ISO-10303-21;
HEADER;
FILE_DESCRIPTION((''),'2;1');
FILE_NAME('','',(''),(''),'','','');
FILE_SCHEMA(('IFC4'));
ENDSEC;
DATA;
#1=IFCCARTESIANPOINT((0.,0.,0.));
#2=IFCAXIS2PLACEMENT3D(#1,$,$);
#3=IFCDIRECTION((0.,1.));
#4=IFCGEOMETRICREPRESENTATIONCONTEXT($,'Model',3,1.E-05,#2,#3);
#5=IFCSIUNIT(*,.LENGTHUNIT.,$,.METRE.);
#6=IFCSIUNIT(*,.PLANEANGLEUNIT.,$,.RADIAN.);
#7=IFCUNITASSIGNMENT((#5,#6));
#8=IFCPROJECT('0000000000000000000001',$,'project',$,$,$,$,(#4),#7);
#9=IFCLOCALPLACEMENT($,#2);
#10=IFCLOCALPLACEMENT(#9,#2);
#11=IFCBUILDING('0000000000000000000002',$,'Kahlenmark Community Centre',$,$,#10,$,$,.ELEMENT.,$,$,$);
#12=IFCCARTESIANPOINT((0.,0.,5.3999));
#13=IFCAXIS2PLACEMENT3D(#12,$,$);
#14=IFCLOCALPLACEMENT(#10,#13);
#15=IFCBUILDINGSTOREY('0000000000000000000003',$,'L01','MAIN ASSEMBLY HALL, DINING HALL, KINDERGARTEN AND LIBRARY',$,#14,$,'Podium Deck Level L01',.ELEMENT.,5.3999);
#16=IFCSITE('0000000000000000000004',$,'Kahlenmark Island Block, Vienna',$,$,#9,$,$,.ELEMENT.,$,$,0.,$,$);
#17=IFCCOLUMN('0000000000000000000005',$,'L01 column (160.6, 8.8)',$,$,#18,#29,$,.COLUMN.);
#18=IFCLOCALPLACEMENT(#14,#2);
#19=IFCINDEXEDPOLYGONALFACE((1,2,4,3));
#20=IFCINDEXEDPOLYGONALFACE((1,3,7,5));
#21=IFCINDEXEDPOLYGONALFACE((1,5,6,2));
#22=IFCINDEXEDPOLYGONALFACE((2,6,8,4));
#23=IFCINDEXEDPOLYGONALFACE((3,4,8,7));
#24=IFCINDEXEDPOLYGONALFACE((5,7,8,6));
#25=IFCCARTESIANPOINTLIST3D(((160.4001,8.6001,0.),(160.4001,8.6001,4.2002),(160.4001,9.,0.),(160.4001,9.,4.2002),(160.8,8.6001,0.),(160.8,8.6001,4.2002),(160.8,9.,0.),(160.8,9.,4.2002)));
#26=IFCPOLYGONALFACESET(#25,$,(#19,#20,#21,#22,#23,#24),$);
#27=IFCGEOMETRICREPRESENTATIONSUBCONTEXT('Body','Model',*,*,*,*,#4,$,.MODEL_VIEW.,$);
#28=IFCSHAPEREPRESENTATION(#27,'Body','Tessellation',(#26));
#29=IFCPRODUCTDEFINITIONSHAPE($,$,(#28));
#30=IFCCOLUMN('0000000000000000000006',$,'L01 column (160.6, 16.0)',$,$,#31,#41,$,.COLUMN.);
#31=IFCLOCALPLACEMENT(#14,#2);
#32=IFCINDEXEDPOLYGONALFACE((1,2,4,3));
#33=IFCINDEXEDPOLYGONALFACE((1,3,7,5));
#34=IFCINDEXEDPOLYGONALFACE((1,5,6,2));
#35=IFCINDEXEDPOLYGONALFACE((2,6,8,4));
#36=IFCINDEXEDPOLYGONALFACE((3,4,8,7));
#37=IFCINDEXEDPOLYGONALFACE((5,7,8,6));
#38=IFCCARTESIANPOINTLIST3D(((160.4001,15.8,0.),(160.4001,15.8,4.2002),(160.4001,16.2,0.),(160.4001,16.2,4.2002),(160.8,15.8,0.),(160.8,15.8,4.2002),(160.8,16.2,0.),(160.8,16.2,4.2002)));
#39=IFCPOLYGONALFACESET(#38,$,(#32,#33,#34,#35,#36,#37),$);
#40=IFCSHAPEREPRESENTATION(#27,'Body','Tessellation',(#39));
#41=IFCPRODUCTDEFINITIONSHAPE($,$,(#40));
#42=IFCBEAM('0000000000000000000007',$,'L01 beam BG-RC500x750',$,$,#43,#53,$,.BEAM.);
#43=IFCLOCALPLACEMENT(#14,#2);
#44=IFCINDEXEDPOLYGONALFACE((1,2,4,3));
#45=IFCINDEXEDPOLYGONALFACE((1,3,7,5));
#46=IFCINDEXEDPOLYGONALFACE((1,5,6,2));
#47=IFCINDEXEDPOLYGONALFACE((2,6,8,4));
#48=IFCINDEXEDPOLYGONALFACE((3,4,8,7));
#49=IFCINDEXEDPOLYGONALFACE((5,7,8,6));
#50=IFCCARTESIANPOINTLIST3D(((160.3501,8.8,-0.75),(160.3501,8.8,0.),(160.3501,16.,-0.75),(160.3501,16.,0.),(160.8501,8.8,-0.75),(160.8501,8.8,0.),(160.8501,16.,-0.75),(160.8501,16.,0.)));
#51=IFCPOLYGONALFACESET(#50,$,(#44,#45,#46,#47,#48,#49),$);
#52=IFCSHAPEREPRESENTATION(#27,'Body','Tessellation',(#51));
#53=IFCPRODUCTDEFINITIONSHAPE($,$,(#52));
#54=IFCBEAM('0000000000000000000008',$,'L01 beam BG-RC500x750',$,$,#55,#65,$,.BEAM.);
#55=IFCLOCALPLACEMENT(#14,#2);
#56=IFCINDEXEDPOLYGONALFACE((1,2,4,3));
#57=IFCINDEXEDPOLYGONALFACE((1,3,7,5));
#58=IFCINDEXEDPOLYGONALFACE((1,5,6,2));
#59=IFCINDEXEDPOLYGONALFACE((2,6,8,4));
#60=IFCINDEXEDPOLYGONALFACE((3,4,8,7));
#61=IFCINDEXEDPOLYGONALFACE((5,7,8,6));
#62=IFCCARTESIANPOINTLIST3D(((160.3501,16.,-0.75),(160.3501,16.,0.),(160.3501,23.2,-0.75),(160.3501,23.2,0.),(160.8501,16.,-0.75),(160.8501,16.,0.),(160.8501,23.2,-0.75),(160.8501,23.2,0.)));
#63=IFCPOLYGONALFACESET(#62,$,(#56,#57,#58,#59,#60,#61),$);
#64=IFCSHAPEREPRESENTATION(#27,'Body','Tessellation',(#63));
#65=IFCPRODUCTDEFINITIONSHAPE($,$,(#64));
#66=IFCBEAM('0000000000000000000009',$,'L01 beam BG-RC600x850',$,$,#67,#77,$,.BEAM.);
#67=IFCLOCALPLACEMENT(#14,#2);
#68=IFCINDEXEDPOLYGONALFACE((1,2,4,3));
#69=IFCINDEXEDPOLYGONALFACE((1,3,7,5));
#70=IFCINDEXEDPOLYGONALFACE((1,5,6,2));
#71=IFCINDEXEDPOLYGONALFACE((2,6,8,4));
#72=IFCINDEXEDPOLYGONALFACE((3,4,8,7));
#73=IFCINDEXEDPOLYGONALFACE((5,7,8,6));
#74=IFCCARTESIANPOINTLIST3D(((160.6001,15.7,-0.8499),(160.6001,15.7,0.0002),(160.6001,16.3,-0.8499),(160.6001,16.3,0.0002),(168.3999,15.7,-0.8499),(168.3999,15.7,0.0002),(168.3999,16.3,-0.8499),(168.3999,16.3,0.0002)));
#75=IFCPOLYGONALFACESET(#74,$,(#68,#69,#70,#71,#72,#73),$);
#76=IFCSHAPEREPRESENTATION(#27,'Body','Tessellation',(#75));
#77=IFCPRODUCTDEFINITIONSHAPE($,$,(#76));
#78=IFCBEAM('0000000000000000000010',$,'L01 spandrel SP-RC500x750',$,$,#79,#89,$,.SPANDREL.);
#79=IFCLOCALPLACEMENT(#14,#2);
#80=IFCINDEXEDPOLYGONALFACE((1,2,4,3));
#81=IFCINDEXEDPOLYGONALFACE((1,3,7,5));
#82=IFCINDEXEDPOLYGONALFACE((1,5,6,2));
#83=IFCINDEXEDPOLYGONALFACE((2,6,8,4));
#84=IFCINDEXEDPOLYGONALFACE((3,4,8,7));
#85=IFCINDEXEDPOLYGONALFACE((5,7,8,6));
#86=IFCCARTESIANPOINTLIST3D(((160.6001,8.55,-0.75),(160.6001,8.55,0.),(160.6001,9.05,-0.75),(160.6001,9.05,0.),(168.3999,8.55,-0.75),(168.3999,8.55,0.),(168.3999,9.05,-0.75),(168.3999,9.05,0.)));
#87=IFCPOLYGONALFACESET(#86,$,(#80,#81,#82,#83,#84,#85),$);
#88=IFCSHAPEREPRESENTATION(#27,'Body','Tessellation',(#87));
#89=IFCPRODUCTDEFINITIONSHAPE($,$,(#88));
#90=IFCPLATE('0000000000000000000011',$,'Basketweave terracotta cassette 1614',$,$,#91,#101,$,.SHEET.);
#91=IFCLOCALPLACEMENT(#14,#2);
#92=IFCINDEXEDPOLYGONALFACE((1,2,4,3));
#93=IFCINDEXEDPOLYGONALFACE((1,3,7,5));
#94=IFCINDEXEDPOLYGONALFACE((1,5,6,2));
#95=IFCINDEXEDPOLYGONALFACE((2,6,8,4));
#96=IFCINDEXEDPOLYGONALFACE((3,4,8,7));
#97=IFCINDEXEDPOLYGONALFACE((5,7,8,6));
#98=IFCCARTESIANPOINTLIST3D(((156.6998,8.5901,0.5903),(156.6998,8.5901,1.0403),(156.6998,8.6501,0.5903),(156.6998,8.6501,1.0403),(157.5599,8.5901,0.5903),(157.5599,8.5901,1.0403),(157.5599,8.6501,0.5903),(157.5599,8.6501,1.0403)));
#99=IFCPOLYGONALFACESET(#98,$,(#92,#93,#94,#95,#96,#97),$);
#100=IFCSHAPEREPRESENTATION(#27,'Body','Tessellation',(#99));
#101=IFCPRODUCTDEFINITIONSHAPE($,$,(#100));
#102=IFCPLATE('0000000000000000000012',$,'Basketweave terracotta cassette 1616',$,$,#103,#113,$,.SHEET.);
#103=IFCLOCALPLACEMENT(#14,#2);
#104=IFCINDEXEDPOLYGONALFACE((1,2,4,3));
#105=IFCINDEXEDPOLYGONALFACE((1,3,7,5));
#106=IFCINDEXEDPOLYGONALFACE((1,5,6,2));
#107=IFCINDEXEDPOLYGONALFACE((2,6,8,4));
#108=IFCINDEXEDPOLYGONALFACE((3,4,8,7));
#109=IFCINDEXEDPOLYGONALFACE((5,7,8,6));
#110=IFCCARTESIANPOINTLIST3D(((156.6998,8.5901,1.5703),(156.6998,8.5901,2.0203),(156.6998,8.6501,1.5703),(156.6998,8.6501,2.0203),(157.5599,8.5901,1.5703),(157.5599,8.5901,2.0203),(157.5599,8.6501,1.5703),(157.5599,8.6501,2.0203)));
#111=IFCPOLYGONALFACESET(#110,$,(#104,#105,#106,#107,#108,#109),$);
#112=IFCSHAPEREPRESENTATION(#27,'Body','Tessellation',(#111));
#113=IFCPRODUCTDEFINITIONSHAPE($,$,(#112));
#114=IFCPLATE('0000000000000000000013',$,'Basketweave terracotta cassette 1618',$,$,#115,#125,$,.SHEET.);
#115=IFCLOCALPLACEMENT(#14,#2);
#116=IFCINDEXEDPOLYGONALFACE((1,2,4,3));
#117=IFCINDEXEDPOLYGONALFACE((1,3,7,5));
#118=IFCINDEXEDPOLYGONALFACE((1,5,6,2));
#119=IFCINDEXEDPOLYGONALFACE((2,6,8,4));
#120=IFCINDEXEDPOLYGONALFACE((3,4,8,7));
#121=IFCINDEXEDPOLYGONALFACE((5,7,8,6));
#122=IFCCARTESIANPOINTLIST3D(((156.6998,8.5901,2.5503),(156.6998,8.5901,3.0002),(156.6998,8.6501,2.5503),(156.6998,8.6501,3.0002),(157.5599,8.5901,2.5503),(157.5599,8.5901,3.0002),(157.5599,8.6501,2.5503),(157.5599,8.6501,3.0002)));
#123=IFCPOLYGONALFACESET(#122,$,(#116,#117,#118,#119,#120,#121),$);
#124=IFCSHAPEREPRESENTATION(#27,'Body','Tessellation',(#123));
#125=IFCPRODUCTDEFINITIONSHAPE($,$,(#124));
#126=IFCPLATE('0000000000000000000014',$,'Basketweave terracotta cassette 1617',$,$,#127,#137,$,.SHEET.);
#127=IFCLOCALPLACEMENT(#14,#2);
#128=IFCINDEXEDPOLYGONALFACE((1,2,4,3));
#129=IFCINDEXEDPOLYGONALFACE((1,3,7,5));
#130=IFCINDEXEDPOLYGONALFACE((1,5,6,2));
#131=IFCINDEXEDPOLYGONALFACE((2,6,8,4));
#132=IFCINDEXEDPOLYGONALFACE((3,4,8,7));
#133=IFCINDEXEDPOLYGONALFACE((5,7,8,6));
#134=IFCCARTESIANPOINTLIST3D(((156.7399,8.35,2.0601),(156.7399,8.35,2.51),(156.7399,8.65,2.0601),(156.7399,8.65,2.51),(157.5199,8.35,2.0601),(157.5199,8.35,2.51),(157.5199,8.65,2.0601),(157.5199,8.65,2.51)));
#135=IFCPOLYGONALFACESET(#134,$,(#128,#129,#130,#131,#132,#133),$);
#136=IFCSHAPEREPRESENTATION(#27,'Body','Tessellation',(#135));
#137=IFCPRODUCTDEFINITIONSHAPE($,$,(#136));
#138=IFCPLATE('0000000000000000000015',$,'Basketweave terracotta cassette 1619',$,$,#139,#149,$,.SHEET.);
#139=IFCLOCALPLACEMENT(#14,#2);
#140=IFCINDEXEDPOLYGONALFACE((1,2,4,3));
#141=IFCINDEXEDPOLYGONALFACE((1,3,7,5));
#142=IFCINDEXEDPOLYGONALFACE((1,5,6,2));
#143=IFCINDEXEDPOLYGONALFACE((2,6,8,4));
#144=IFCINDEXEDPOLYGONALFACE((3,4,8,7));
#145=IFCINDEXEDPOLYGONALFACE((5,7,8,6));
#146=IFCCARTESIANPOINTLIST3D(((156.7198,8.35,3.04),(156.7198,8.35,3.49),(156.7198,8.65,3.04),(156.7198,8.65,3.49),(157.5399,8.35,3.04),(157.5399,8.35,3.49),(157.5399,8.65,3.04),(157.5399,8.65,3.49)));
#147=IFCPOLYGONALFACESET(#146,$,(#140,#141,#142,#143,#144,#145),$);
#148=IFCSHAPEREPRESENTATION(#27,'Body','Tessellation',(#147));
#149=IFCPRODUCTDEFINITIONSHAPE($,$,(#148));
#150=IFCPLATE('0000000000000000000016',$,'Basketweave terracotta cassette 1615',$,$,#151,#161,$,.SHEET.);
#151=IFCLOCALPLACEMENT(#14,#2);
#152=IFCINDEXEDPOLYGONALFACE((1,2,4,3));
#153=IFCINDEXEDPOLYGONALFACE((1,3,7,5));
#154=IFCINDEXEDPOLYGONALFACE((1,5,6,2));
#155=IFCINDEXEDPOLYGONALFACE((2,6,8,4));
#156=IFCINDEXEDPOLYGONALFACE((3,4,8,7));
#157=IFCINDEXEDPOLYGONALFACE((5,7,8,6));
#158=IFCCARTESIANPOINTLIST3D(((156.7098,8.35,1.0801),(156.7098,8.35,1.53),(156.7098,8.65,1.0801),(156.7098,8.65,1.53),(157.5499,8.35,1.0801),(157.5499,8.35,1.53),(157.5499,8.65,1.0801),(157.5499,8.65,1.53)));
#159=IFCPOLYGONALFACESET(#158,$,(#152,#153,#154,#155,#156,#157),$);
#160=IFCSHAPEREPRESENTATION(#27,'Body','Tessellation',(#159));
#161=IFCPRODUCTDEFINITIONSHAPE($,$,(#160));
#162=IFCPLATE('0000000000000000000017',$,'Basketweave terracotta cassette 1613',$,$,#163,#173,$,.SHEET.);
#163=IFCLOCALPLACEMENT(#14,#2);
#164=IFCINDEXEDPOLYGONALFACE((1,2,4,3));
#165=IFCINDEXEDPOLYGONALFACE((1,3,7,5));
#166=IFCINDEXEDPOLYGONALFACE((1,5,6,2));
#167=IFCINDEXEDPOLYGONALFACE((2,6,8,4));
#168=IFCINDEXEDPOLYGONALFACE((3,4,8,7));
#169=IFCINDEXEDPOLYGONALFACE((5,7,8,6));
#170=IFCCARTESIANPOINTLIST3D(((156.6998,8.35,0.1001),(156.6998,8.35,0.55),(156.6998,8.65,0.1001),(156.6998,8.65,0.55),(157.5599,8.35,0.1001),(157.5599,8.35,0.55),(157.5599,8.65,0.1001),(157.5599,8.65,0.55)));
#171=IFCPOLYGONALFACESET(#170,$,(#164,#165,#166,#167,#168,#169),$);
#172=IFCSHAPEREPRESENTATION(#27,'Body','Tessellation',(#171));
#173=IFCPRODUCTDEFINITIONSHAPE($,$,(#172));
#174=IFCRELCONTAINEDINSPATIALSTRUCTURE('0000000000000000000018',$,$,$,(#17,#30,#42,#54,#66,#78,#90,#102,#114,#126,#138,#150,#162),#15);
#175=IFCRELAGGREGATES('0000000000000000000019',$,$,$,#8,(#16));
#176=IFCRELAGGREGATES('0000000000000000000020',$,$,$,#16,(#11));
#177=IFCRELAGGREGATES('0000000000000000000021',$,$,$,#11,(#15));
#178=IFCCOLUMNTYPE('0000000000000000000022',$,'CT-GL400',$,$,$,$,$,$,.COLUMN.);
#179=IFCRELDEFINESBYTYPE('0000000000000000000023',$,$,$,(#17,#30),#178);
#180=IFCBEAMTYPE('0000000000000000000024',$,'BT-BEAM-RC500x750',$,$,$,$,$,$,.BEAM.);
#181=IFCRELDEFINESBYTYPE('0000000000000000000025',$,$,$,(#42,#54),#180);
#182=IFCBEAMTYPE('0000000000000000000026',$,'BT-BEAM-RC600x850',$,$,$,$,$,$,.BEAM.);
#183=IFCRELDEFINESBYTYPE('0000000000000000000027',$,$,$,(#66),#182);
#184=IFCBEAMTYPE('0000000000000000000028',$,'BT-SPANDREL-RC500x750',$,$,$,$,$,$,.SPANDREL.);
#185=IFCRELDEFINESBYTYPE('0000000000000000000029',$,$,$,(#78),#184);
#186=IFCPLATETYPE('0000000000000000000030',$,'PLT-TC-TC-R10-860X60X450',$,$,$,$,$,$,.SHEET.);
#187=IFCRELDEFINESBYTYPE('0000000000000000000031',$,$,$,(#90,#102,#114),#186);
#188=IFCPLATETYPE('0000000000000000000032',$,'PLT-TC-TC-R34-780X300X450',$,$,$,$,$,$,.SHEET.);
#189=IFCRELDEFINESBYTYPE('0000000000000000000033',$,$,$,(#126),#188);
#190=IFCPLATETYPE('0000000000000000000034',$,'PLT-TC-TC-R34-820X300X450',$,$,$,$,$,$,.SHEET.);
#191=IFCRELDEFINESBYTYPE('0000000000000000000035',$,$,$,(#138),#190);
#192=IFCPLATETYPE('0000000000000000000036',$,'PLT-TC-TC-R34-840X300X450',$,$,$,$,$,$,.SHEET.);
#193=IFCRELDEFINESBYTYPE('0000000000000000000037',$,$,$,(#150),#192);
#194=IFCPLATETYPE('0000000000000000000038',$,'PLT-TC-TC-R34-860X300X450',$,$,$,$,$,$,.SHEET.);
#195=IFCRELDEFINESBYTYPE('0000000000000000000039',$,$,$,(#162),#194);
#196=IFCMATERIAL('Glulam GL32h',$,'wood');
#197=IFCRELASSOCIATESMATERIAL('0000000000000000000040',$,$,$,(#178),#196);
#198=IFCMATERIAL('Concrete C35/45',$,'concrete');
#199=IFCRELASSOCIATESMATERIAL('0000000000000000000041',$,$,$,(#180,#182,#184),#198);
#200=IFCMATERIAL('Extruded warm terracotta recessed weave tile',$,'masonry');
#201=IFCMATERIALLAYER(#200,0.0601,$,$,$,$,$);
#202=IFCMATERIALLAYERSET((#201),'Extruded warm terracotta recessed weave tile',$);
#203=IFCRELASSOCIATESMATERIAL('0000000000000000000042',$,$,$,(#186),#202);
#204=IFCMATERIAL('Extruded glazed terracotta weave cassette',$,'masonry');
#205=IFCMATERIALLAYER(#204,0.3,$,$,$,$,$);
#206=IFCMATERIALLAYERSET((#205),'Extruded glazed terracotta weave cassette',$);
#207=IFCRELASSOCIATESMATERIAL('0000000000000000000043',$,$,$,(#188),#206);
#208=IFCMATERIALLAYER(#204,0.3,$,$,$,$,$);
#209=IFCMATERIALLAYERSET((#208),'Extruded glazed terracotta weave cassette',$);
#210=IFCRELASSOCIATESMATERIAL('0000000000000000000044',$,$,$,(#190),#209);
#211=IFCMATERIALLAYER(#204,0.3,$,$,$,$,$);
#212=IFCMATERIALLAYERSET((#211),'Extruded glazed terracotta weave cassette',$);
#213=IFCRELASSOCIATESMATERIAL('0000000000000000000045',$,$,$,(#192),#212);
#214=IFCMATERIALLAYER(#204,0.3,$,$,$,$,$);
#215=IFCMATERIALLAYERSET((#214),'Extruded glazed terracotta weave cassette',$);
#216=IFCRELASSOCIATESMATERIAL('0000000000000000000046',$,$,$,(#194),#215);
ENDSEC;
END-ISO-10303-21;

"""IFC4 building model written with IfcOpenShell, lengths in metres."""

from ifc_helpers import new_model, si_unit, direction, frame, origin, origin_2d, place, context, subcontext, project, spatial, rectangle, extrude, material, layer, layer_set, material_profile, profile_set, type_object, element, save


model = new_model("IFC4")

# Units and contexts
model_context = context("Model", 3, precision=1e-05, world=origin(), true_north=direction((0.0, 1.0)))
body_context = subcontext(model_context, "Body", "Model", "MODEL_VIEW")
ifc_project = project(units=[si_unit("LENGTHUNIT", "METRE"), si_unit("PLANEANGLEUNIT", "RADIAN")], contexts=[model_context])

# Site, building, storey
site_placement = place(None, origin())
site = spatial("IfcSite", under=ifc_project, at=site_placement, Name="Kahlenmark Island Block, Vienna", CompositionType="ELEMENT", RefElevation=0.0)
building_placement = place(site_placement, origin())
building = spatial("IfcBuilding", under=site, at=building_placement, Name="Kahlenmark Community Centre", CompositionType="ELEMENT")
storey_placement = place(building_placement, frame((0.0, 0.0, 5.3999)))
storey = spatial("IfcBuildingStorey", under=building, at=storey_placement, Name="L01", Description="MAIN ASSEMBLY HALL, DINING HALL, KINDERGARTEN AND LIBRARY", LongName="Podium Deck Level L01", CompositionType="ELEMENT", Elevation=5.3999)

# Columns
ifc_material_1 = material(Name="Glulam GL32h", Category="wood")
ifc_material_profile_1 = material_profile(ifc_material_1, rectangle(XDim=0.3999, YDim=0.3999, at=origin_2d()), Name="GL32h 400x400")
ifc_profile_set_1 = profile_set([ifc_material_profile_1], Name="Glulam GL32h")
column_type = type_object("IfcColumnType", Name="CT-GL400", PredefinedType="COLUMN", material=ifc_profile_set_1)
for number, where, z_axis, x_axis, name in (
    (1, (160.6001, 8.8, 0.0), (0.0, 0.0, 1.0), (1.0, 0.0, 0.0), "L01 column (160.6, 8.8)"),
    (2, (160.6001, 16.0, 0.0), (0.0, 0.0, 1.0), (1.0, 0.0, 0.0), "L01 column (160.6, 16.0)"),
):
    element("IfcColumn", number, at=place(storey_placement, frame(where, z_axis=z_axis, x_axis=x_axis)), inside=storey, type_object=column_type, Name=name, PredefinedType="COLUMN", context=body_context, shape_type="SweptSolid", body=[
        extrude(rectangle(XDim=0.3999, YDim=0.3999, at=origin_2d()), origin(), (0.0, 0.0, 1.0), 4.2002),
    ])

# Beams
ifc_material_2 = material(Name="Concrete C35/45", Category="concrete")
ifc_material_profile_2 = material_profile(ifc_material_2, rectangle(XDim=0.5, YDim=0.75, at=origin_2d()), Name="RC 500x750")
ifc_profile_set_2 = profile_set([ifc_material_profile_2], Name="Concrete C35/45")
beam_type_1 = type_object("IfcBeamType", Name="BT-BEAM-RC500x750", PredefinedType="BEAM", material=ifc_profile_set_2)
for number, where, z_axis, x_axis, name in (
    (3, (160.6001, 8.8, -0.375), (0.0, 1.0, 0.0), (-1.0, 0.0, 0.0), "L01 beam BG-RC500x750"),
    (4, (160.6001, 16.0, -0.375), (0.0, 1.0, 0.0), (-1.0, 0.0, 0.0), "L01 beam BG-RC500x750"),
):
    element("IfcBeam", number, at=place(storey_placement, frame(where, z_axis=z_axis, x_axis=x_axis)), inside=storey, type_object=beam_type_1, Name=name, PredefinedType="BEAM", context=body_context, shape_type="SweptSolid", body=[
        extrude(rectangle(XDim=0.5, YDim=0.75, at=origin_2d()), origin(), (0.0, 0.0, 1.0), 7.2),
    ])
ifc_material_profile_3 = material_profile(ifc_material_2, rectangle(XDim=0.6001, YDim=0.8501, at=origin_2d()), Name="RC 600x850")
ifc_profile_set_3 = profile_set([ifc_material_profile_3], Name="Concrete C35/45")
beam_type_2 = type_object("IfcBeamType", Name="BT-BEAM-RC600x850", PredefinedType="BEAM", material=ifc_profile_set_3)
beam_1_placement = place(storey_placement, frame((160.6001, 16.0, -0.4248), z_axis=(1.0, 0.0, 0.0), x_axis=(0.0, 1.0, 0.0)))
element("IfcBeam", 5, at=beam_1_placement, inside=storey, type_object=beam_type_2, Name="L01 beam BG-RC600x850", PredefinedType="BEAM", context=body_context, shape_type="SweptSolid", body=[
    extrude(rectangle(XDim=0.6001, YDim=0.8501, at=origin_2d()), origin(), (0.0, 0.0, 1.0), 7.7998),
])
ifc_material_profile_4 = material_profile(ifc_material_2, rectangle(XDim=0.5, YDim=0.75, at=origin_2d()), Name="RC 500x750")
ifc_profile_set_4 = profile_set([ifc_material_profile_4], Name="Concrete C35/45")
beam_type_3 = type_object("IfcBeamType", Name="BT-SPANDREL-RC500x750", PredefinedType="SPANDREL", material=ifc_profile_set_4)
beam_2_placement = place(storey_placement, frame((160.6001, 8.8, -0.375), z_axis=(1.0, 0.0, 0.0), x_axis=(0.0, 1.0, 0.0)))
element("IfcBeam", 6, at=beam_2_placement, inside=storey, type_object=beam_type_3, Name="L01 spandrel SP-RC500x750", PredefinedType="SPANDREL", context=body_context, shape_type="SweptSolid", body=[
    extrude(rectangle(XDim=0.5, YDim=0.75, at=origin_2d()), origin(), (0.0, 0.0, 1.0), 7.7998),
])

# Plates
ifc_material_3 = material(Name="Extruded warm terracotta recessed weave tile", Category="masonry")
ifc_layer_1 = layer(ifc_material_3, 0.0601)
ifc_layer_set_1 = layer_set([ifc_layer_1], Name="Extruded warm terracotta recessed weave tile")
plate_type_1 = type_object("IfcPlateType", Name="PLT-TC-TC-R10-860X60X450", PredefinedType="SHEET", material=ifc_layer_set_1)
for number, where, z_axis, x_axis, name in (
    (7, (157.1299, 8.6201, 0.5903), (0.0, 0.0, 1.0), (1.0, 0.0, 0.0), "Basketweave terracotta cassette 1614"),
    (8, (157.1299, 8.6201, 1.5703), (0.0, 0.0, 1.0), (1.0, 0.0, 0.0), "Basketweave terracotta cassette 1616"),
    (9, (157.1299, 8.6201, 2.5503), (0.0, 0.0, 1.0), (1.0, 0.0, 0.0), "Basketweave terracotta cassette 1618"),
):
    element("IfcPlate", number, at=place(storey_placement, frame(where, z_axis=z_axis, x_axis=x_axis)), inside=storey, type_object=plate_type_1, Name=name, PredefinedType="SHEET", context=body_context, shape_type="SweptSolid", body=[
        extrude(rectangle(XDim=0.8601, YDim=0.0601, at=origin_2d()), origin(), (0.0, 0.0, 1.0), 0.45),
    ])
ifc_material_4 = material(Name="Extruded glazed terracotta weave cassette", Category="masonry")
ifc_layer_2 = layer(ifc_material_4, 0.3)
ifc_layer_set_2 = layer_set([ifc_layer_2], Name="Extruded glazed terracotta weave cassette")
plate_type_2 = type_object("IfcPlateType", Name="PLT-TC-TC-R34-780X300X450", PredefinedType="SHEET", material=ifc_layer_set_2)
plate_1_placement = place(storey_placement, frame((157.1299, 8.5, 2.0601), z_axis=(0.0, 0.0, 1.0), x_axis=(1.0, 0.0, 0.0)))
element("IfcPlate", 10, at=plate_1_placement, inside=storey, type_object=plate_type_2, Name="Basketweave terracotta cassette 1617", PredefinedType="SHEET", context=body_context, shape_type="SweptSolid", body=[
    extrude(rectangle(XDim=0.78, YDim=0.3, at=origin_2d()), origin(), (0.0, 0.0, 1.0), 0.45),
])
ifc_layer_3 = layer(ifc_material_4, 0.3)
ifc_layer_set_3 = layer_set([ifc_layer_3], Name="Extruded glazed terracotta weave cassette")
plate_type_3 = type_object("IfcPlateType", Name="PLT-TC-TC-R34-820X300X450", PredefinedType="SHEET", material=ifc_layer_set_3)
plate_2_placement = place(storey_placement, frame((157.1299, 8.5, 3.04), z_axis=(0.0, 0.0, 1.0), x_axis=(1.0, 0.0, 0.0)))
element("IfcPlate", 11, at=plate_2_placement, inside=storey, type_object=plate_type_3, Name="Basketweave terracotta cassette 1619", PredefinedType="SHEET", context=body_context, shape_type="SweptSolid", body=[
    extrude(rectangle(XDim=0.8201, YDim=0.3, at=origin_2d()), origin(), (0.0, 0.0, 1.0), 0.45),
])
ifc_layer_4 = layer(ifc_material_4, 0.3)
ifc_layer_set_4 = layer_set([ifc_layer_4], Name="Extruded glazed terracotta weave cassette")
plate_type_4 = type_object("IfcPlateType", Name="PLT-TC-TC-R34-840X300X450", PredefinedType="SHEET", material=ifc_layer_set_4)
plate_3_placement = place(storey_placement, frame((157.1299, 8.5, 1.0801), z_axis=(0.0, 0.0, 1.0), x_axis=(1.0, 0.0, 0.0)))
element("IfcPlate", 12, at=plate_3_placement, inside=storey, type_object=plate_type_4, Name="Basketweave terracotta cassette 1615", PredefinedType="SHEET", context=body_context, shape_type="SweptSolid", body=[
    extrude(rectangle(XDim=0.8401, YDim=0.3, at=origin_2d()), origin(), (0.0, 0.0, 1.0), 0.45),
])
ifc_layer_5 = layer(ifc_material_4, 0.3)
ifc_layer_set_5 = layer_set([ifc_layer_5], Name="Extruded glazed terracotta weave cassette")
plate_type_5 = type_object("IfcPlateType", Name="PLT-TC-TC-R34-860X300X450", PredefinedType="SHEET", material=ifc_layer_set_5)
plate_4_placement = place(storey_placement, frame((157.1299, 8.5, 0.1001), z_axis=(0.0, 0.0, 1.0), x_axis=(1.0, 0.0, 0.0)))
element("IfcPlate", 13, at=plate_4_placement, inside=storey, type_object=plate_type_5, Name="Basketweave terracotta cassette 1613", PredefinedType="SHEET", context=body_context, shape_type="SweptSolid", body=[
    extrude(rectangle(XDim=0.8601, YDim=0.3, at=origin_2d()), origin(), (0.0, 0.0, 1.0), 0.45),
])

save(model, "model.ifc")
